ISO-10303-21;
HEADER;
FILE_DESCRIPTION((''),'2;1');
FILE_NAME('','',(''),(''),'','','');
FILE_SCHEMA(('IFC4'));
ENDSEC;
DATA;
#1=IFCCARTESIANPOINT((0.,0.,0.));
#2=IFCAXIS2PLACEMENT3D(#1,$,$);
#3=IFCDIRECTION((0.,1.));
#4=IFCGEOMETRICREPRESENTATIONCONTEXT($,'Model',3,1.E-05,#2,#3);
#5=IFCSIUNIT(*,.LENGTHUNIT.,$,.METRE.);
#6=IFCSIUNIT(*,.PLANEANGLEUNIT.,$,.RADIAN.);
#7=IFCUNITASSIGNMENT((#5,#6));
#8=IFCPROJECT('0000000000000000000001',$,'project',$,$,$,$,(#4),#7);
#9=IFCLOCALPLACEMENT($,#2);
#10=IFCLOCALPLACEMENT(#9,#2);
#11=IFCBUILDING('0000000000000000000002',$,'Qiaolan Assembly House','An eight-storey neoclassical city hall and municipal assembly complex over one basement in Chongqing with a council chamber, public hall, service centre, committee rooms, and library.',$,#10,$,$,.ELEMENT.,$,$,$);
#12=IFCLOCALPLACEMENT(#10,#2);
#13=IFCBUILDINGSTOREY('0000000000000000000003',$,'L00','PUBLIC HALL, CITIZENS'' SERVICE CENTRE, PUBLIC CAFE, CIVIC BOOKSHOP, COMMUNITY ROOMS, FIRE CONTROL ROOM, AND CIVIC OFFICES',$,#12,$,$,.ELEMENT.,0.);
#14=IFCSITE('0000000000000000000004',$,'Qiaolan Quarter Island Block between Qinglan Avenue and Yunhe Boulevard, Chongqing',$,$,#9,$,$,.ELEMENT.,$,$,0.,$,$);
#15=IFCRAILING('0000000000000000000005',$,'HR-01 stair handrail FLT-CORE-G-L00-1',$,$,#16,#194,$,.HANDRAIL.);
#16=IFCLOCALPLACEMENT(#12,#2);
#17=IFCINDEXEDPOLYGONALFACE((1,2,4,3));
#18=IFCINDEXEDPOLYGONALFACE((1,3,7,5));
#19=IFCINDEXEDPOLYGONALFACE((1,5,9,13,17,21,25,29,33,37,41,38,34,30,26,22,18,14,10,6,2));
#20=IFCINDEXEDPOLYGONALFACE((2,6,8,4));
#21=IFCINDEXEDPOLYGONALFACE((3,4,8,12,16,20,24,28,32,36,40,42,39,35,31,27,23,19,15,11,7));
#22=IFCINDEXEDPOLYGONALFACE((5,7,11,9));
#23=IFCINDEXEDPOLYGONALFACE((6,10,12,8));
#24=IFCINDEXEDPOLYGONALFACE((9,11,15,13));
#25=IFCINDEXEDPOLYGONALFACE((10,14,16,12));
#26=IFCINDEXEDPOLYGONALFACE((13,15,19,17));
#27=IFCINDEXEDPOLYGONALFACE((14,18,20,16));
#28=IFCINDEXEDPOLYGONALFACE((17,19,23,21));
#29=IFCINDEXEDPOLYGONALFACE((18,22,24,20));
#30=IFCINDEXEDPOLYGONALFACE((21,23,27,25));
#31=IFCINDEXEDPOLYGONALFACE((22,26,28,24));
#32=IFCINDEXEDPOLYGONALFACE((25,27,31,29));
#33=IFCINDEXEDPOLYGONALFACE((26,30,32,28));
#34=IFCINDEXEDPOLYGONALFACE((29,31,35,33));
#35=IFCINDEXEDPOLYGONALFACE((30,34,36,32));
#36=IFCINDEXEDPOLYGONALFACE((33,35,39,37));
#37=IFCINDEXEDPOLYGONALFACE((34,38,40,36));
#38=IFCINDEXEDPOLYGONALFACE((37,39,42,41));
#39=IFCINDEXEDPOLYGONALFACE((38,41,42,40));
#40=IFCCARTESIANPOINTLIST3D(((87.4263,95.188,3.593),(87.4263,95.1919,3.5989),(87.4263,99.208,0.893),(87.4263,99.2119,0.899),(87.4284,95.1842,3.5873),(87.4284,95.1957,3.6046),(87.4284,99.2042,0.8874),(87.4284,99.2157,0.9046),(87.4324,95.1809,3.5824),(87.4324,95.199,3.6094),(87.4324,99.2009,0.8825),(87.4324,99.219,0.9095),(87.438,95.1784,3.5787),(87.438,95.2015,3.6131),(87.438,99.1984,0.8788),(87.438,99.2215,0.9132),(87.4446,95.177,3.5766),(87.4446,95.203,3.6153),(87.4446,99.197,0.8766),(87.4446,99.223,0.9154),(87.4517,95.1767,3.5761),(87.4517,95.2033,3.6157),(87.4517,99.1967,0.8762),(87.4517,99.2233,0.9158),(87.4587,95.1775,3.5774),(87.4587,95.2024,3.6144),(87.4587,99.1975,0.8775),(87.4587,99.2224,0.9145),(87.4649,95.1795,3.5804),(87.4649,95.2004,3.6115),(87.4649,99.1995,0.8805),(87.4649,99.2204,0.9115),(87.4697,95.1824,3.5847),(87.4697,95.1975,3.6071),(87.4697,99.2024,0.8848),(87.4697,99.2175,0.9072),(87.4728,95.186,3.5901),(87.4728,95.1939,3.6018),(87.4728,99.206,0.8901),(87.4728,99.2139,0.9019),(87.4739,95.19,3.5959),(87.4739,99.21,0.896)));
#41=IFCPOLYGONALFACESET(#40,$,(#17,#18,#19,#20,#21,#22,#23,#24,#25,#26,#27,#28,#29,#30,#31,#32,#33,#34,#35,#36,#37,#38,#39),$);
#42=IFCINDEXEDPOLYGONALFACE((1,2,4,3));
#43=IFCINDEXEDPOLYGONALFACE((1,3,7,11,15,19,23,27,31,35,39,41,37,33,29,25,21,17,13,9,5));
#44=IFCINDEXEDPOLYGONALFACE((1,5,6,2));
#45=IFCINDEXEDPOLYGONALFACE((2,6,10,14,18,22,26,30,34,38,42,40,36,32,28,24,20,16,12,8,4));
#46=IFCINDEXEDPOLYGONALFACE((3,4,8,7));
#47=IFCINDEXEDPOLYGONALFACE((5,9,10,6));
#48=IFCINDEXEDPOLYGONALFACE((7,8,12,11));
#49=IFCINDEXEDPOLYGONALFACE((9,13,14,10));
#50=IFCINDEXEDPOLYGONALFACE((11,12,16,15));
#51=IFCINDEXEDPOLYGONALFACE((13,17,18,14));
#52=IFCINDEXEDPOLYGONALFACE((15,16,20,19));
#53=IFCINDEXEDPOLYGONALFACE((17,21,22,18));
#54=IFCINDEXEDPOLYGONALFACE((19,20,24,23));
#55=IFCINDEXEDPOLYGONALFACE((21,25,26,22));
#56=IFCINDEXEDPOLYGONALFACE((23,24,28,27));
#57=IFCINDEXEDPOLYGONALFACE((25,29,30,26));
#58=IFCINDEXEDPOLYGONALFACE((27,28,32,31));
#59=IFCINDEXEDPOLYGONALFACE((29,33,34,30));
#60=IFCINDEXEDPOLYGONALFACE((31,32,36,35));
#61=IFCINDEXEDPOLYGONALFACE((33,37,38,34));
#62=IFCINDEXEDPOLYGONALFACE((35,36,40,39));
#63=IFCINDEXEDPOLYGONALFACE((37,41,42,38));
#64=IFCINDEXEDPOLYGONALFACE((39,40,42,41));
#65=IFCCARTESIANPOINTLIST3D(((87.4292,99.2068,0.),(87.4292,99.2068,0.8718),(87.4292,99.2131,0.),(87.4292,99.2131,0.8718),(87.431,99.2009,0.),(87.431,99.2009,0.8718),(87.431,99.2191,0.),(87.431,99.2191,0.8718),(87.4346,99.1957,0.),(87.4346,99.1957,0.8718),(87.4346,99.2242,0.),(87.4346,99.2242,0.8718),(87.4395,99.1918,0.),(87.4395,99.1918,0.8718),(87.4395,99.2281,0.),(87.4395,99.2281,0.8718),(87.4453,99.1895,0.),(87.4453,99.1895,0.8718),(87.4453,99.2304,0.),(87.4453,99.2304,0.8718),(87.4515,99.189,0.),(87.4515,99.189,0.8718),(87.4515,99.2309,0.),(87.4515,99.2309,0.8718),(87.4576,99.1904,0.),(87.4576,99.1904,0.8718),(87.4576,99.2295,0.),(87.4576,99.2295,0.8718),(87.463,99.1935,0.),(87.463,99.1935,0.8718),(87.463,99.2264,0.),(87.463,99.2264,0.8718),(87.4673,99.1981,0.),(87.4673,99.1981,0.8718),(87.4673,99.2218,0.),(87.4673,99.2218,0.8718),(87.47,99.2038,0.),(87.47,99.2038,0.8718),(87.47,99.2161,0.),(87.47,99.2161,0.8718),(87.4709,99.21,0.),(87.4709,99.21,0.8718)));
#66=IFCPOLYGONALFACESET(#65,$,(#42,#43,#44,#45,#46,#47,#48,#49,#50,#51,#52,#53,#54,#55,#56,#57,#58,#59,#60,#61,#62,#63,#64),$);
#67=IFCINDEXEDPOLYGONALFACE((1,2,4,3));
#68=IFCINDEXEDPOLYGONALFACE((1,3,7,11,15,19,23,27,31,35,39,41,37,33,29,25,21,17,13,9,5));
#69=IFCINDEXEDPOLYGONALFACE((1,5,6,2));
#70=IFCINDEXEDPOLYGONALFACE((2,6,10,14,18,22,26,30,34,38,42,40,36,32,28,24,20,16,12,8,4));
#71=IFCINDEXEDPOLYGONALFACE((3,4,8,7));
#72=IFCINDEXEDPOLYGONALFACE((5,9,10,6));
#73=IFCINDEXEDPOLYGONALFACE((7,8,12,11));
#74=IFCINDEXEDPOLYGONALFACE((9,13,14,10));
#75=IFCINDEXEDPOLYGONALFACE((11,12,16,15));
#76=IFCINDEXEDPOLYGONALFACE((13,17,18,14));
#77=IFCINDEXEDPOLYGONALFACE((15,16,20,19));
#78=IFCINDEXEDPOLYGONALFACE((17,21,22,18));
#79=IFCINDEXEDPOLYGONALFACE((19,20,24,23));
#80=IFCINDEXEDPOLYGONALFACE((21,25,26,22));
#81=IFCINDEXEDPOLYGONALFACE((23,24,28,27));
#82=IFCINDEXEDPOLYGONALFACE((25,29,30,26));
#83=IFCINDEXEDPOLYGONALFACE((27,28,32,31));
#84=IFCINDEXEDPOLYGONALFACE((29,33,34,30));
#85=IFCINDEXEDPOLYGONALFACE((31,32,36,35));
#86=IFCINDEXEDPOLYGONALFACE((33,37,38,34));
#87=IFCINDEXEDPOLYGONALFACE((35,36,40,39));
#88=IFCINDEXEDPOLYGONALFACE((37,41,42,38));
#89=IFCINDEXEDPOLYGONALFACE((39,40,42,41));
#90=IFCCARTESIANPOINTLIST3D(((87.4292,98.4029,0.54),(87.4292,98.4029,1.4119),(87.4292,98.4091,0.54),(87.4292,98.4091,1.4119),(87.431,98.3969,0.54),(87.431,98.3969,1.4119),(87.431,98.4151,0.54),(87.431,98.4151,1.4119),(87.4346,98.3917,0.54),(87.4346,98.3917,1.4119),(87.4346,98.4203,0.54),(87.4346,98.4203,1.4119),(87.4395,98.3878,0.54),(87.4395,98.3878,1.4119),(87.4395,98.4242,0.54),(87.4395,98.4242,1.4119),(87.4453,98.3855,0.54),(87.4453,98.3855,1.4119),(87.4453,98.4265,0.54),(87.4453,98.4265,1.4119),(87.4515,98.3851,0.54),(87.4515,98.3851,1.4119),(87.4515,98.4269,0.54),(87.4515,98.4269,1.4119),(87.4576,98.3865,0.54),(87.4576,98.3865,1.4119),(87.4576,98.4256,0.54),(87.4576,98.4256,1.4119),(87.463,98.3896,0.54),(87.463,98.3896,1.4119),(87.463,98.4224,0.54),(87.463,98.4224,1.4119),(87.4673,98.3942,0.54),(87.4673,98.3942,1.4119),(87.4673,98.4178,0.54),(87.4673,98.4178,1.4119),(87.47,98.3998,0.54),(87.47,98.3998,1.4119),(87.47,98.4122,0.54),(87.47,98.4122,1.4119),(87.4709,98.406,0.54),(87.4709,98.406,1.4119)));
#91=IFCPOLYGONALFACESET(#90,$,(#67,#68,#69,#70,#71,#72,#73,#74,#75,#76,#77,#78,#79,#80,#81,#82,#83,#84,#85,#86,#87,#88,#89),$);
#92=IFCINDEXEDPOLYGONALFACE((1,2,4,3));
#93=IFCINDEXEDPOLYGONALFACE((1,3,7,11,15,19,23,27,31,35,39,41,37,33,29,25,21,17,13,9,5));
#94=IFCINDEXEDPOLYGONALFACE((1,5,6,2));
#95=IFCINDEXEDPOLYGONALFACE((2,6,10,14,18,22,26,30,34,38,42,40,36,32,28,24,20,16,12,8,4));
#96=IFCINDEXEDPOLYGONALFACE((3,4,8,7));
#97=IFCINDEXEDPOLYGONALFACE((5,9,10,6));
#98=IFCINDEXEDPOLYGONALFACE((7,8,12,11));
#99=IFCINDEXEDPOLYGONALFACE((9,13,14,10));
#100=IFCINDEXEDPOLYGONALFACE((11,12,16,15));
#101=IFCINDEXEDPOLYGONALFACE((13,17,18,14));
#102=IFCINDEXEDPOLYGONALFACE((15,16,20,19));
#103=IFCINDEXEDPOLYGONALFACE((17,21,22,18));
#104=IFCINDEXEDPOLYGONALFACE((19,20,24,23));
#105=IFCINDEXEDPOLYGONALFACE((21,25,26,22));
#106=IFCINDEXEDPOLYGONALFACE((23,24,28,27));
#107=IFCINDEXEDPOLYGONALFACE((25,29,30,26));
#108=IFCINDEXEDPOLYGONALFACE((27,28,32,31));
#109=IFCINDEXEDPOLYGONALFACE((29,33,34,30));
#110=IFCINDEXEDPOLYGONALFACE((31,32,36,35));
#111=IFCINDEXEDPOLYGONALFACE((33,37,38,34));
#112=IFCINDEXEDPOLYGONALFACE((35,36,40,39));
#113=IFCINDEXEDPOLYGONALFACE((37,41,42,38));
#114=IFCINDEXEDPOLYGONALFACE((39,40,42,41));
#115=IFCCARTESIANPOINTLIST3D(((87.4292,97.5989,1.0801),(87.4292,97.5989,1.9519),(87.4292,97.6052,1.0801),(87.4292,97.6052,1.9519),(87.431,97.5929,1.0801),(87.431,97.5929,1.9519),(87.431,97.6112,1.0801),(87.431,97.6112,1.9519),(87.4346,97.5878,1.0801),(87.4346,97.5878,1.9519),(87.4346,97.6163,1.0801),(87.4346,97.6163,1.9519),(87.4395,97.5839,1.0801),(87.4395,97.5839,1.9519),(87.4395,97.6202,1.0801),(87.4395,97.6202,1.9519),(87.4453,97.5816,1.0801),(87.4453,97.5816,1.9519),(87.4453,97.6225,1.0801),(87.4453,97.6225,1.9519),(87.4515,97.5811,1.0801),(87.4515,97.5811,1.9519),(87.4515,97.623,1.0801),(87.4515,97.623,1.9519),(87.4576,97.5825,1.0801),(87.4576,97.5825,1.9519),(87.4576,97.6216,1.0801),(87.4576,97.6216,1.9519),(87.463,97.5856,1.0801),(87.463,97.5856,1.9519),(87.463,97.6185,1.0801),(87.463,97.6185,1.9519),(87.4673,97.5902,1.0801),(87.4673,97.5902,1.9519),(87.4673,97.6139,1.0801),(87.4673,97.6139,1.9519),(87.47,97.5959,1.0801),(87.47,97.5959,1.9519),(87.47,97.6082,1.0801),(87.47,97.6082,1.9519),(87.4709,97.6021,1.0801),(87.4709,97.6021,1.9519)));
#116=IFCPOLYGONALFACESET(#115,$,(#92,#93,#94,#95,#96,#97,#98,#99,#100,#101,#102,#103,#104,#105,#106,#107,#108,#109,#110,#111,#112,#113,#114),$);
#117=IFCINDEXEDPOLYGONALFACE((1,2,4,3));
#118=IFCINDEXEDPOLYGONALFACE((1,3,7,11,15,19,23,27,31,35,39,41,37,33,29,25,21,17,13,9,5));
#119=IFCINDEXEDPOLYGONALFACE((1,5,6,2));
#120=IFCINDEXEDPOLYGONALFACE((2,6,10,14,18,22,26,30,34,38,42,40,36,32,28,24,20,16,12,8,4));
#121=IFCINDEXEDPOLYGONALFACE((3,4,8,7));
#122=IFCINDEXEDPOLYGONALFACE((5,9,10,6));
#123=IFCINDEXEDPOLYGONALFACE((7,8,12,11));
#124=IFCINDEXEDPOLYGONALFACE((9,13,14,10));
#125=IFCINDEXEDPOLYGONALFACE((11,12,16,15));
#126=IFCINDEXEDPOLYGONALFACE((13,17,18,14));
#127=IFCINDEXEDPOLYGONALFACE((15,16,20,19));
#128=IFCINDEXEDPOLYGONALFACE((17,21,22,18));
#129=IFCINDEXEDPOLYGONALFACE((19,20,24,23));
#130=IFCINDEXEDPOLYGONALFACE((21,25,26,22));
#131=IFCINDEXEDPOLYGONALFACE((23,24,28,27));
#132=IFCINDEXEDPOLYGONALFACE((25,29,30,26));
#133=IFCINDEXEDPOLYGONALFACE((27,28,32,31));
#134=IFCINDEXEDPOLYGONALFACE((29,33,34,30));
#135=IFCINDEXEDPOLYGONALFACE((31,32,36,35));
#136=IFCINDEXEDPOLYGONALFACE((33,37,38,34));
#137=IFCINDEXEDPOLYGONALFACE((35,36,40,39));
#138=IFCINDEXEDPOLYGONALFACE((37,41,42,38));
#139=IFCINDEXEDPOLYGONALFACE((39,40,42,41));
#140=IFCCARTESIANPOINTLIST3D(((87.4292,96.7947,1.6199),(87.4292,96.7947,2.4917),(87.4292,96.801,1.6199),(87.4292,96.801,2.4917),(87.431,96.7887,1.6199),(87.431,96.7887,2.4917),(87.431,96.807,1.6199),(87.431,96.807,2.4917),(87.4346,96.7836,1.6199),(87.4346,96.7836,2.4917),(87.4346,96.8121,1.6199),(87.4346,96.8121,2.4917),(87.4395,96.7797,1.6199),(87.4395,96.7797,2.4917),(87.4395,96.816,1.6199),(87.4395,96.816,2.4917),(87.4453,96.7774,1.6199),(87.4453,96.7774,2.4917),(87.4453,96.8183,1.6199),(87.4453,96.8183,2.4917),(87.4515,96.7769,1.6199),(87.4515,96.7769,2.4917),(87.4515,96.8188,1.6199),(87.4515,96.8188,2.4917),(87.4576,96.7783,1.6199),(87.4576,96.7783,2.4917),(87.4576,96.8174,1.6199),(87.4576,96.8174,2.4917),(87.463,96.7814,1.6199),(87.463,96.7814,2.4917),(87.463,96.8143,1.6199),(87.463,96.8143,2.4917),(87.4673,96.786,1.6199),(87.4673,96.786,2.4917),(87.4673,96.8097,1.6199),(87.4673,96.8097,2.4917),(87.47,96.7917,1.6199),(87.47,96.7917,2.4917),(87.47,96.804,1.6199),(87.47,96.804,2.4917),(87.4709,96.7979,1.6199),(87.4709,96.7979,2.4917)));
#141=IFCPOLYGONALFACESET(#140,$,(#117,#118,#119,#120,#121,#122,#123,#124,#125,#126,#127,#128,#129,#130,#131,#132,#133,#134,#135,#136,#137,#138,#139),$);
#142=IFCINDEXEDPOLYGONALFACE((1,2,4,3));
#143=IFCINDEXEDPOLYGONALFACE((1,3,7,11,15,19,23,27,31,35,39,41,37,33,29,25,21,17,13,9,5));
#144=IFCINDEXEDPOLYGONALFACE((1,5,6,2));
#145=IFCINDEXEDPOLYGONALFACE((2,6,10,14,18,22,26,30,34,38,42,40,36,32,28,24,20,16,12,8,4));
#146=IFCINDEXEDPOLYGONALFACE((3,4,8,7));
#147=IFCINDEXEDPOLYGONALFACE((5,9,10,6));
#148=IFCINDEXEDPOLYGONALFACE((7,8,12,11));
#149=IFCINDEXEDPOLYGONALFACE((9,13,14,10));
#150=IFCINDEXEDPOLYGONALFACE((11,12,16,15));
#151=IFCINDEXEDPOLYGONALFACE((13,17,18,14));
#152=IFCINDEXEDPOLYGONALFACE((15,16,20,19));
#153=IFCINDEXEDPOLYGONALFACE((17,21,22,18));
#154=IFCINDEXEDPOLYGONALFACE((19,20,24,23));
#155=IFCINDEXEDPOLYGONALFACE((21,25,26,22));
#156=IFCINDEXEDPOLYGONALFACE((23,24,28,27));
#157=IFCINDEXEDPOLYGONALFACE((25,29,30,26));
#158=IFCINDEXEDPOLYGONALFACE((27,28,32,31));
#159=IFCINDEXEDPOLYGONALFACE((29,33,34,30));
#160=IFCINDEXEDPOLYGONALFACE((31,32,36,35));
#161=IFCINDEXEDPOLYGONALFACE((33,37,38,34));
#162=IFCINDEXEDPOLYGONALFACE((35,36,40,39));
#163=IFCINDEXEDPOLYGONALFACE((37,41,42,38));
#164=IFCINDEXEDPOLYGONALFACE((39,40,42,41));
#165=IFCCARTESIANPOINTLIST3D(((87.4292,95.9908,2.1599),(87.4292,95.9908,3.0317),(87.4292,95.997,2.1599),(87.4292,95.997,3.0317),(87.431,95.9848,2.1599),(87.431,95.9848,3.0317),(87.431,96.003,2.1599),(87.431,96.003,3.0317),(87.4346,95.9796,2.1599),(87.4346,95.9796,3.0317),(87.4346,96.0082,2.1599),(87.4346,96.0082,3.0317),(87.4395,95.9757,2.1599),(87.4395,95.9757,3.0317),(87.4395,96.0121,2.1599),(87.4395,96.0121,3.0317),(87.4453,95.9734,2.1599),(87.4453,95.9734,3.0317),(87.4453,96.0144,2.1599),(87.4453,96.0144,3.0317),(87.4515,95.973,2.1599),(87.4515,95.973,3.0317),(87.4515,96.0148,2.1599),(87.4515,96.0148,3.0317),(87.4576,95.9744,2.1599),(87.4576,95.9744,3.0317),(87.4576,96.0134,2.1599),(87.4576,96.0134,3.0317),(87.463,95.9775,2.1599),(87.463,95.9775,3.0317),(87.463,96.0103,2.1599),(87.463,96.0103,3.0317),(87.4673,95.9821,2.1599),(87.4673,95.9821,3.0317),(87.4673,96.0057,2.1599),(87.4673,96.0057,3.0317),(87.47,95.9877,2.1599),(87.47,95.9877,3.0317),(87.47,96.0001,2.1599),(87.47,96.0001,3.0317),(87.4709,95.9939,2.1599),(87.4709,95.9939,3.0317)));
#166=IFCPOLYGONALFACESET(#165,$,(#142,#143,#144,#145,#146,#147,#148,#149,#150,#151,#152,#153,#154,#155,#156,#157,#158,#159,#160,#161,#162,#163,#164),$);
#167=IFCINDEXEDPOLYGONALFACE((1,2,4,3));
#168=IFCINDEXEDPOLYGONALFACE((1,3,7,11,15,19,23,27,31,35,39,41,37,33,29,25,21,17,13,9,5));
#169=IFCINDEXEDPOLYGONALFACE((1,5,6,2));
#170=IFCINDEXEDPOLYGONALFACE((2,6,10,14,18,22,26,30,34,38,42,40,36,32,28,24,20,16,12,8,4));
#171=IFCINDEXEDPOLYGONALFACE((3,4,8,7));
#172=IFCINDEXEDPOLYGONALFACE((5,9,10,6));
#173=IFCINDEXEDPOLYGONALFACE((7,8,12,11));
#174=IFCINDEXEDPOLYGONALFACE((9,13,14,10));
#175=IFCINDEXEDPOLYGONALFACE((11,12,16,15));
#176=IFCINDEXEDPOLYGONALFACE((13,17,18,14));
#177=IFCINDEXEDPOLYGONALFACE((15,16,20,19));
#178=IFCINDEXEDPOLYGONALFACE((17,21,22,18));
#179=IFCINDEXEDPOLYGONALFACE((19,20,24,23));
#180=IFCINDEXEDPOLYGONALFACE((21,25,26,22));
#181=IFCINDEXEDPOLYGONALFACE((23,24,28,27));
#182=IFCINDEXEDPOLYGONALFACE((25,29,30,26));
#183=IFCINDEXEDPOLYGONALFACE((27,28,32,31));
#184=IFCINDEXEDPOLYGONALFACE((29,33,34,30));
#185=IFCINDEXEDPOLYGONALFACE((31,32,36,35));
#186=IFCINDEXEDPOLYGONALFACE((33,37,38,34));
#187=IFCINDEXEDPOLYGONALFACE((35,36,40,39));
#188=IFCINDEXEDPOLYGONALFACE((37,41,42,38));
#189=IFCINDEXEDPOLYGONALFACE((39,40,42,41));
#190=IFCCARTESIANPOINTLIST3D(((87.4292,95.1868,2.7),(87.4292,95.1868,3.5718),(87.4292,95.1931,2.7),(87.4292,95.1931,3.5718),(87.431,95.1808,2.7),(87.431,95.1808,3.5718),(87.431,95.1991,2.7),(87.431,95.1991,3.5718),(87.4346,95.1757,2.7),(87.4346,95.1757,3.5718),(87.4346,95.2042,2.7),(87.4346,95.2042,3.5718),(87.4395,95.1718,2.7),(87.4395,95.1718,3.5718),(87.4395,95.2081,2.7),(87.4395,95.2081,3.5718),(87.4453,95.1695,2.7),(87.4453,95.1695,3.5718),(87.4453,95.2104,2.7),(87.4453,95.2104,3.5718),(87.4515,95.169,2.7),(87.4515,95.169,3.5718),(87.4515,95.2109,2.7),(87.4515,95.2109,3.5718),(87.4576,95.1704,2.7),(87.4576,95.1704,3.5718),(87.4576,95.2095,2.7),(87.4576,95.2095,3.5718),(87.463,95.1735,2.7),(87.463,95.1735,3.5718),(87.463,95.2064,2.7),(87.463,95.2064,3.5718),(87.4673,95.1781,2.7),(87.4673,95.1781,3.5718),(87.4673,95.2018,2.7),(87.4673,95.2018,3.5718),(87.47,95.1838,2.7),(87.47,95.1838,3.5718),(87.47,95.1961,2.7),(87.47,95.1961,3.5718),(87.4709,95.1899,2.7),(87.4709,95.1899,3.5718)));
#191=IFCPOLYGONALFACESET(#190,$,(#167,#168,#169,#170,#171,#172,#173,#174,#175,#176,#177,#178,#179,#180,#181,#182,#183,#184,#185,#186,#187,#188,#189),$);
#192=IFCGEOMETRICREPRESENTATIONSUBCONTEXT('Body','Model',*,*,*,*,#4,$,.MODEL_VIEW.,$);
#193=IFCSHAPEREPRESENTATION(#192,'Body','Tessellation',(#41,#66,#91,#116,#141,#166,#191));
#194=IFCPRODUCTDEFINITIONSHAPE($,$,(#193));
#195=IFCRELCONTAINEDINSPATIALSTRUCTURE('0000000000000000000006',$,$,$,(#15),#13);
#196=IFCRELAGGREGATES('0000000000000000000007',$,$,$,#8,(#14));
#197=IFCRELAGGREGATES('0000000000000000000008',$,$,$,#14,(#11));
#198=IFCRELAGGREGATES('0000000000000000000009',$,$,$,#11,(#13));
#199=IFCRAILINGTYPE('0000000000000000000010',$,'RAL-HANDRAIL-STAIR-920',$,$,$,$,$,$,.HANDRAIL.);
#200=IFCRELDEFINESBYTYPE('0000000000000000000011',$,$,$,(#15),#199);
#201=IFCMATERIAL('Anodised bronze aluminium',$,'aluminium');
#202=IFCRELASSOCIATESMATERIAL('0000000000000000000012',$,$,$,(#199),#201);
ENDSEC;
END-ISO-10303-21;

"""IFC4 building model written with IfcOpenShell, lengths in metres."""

from ifc_helpers import new_model, si_unit, direction, frame, origin, origin_2d, place, context, subcontext, project, spatial, circle, extrude, material, type_object, element, save


model = new_model("IFC4")

# Units and contexts
model_context = context("Model", 3, precision=1e-05, world=origin(), true_north=direction((0.0, 1.0)))
body_context = subcontext(model_context, "Body", "Model", "MODEL_VIEW")
ifc_project = project(units=[si_unit("LENGTHUNIT", "METRE"), si_unit("PLANEANGLEUNIT", "RADIAN")], contexts=[model_context])

# Site, building, storey
site_placement = place(None, origin())
site = spatial("IfcSite", under=ifc_project, at=site_placement, Name="Qiaolan Quarter Island Block between Qinglan Avenue and Yunhe Boulevard, Chongqing", CompositionType="ELEMENT", RefElevation=0.0)
building_placement = place(site_placement, origin())
building = spatial("IfcBuilding", under=site, at=building_placement, Name="Qiaolan Assembly House", Description="An eight-storey neoclassical city hall and municipal assembly complex over one basement in Chongqing with a council chamber, public hall, service centre, committee rooms, and library.", CompositionType="ELEMENT")
storey_placement = place(building_placement, origin())
storey = spatial("IfcBuildingStorey", under=building, at=storey_placement, Name="L00", Description="PUBLIC HALL, CITIZENS' SERVICE CENTRE, PUBLIC CAFE, CIVIC BOOKSHOP, COMMUNITY ROOMS, FIRE CONTROL ROOM, AND CIVIC OFFICES", CompositionType="ELEMENT", Elevation=0.0)

# Railing
ifc_material_1 = material(Name="Anodised bronze aluminium", Category="aluminium")
railing_type = type_object("IfcRailingType", Name="RAL-HANDRAIL-STAIR-920", PredefinedType="HANDRAIL", material=ifc_material_1)
railing_placement = place(storey_placement, frame((87.45, 99.21, 0.0)))
element("IfcRailing", 1, at=railing_placement, inside=storey, type_object=railing_type, Name="HR-01 stair handrail FLT-CORE-G-L00-1", PredefinedType="HANDRAIL", context=body_context, shape_type="SweptSolid", body=[
    extrude(circle(Radius=0.0239, at=origin_2d()), frame((0.0, 0.0, 0.896), z_axis=(0.0, -0.830145, 0.557547), x_axis=(1.0, 0.0, 0.0)), (0.0, 0.0, 1.0), 4.8425),
    extrude(circle(Radius=0.021, at=origin_2d()), origin(), (0.0, 0.0, 1.0), 0.8718),
    extrude(circle(Radius=0.021, at=origin_2d()), frame((0.0, -0.804, 0.54)), (0.0, 0.0, 1.0), 0.8718),
    extrude(circle(Radius=0.021, at=origin_2d()), frame((0.0, -1.6079, 1.0801)), (0.0, 0.0, 1.0), 0.8718),
    extrude(circle(Radius=0.021, at=origin_2d()), frame((0.0, -2.4121, 1.6199)), (0.0, 0.0, 1.0), 0.8718),
    extrude(circle(Radius=0.021, at=origin_2d()), frame((0.0, -3.2161, 2.1599)), (0.0, 0.0, 1.0), 0.8718),
    extrude(circle(Radius=0.021, at=origin_2d()), frame((0.0, -4.02, 2.7)), (0.0, 0.0, 1.0), 0.8718),
])

save(model, "model.ifc")
